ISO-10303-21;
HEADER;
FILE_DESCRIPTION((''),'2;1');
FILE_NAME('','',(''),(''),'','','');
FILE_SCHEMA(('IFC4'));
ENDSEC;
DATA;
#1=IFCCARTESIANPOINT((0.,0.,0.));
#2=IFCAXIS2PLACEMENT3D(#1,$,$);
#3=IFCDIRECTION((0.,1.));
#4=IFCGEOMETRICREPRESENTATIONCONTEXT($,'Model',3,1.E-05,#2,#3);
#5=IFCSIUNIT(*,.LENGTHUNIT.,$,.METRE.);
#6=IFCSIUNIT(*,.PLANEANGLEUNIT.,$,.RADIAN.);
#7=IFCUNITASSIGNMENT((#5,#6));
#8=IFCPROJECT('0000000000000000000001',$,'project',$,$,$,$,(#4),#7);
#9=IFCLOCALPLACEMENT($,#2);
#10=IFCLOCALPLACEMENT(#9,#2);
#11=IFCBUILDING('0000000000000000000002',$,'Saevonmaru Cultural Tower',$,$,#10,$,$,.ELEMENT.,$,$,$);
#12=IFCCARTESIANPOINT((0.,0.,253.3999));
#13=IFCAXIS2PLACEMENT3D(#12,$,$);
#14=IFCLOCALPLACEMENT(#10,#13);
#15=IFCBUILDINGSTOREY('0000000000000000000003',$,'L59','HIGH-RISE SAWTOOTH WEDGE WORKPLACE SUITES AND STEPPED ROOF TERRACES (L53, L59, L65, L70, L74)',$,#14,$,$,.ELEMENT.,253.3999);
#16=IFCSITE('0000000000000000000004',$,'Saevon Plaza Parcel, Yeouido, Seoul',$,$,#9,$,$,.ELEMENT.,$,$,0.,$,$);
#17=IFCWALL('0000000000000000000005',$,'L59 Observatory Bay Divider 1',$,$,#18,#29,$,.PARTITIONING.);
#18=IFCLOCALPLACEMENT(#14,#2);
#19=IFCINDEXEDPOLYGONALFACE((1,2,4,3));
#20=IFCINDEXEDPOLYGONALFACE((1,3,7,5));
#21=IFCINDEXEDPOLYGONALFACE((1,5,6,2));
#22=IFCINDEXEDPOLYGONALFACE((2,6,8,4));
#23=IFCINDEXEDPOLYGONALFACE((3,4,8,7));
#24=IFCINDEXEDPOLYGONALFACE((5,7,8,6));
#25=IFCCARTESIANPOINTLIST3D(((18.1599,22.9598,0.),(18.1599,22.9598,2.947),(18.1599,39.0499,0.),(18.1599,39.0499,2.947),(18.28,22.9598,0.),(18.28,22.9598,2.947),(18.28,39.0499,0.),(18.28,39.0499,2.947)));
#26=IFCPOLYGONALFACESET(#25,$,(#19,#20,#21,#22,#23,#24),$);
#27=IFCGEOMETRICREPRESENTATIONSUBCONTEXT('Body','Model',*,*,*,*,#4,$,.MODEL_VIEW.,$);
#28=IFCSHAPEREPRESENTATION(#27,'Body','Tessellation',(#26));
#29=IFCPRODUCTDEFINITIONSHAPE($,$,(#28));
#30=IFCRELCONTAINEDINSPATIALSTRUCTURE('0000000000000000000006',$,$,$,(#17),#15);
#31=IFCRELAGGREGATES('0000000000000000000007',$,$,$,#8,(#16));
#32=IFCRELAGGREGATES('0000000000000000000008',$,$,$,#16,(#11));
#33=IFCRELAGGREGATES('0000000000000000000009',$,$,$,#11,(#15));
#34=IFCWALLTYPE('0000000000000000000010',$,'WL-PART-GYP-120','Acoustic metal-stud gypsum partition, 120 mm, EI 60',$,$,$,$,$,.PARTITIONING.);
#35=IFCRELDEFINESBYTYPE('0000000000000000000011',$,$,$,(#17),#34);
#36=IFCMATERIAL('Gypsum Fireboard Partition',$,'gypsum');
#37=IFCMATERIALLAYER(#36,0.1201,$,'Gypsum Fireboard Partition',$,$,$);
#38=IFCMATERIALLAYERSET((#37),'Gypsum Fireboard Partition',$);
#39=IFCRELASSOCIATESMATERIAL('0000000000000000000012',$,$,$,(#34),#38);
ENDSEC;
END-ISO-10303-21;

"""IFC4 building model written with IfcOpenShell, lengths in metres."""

from ifc_helpers import new_model, si_unit, direction, frame, frame_2d, origin, place, context, subcontext, project, spatial, rectangle, extrude, material, layer, layer_set, type_object, element, save


model = new_model("IFC4")

# Units and contexts
model_context = context("Model", 3, precision=1e-05, world=origin(), true_north=direction((0.0, 1.0)))
body_context = subcontext(model_context, "Body", "Model", "MODEL_VIEW")
ifc_project = project(units=[si_unit("LENGTHUNIT", "METRE"), si_unit("PLANEANGLEUNIT", "RADIAN")], contexts=[model_context])

# Site, building, storey
site_placement = place(None, origin())
site = spatial("IfcSite", under=ifc_project, at=site_placement, Name="Saevon Plaza Parcel, Yeouido, Seoul", CompositionType="ELEMENT", RefElevation=0.0)
building_placement = place(site_placement, origin())
building = spatial("IfcBuilding", under=site, at=building_placement, Name="Saevonmaru Cultural Tower", CompositionType="ELEMENT")
storey_placement = place(building_placement, frame((0.0, 0.0, 253.3999)))
storey = spatial("IfcBuildingStorey", under=building, at=storey_placement, Name="L59", Description="HIGH-RISE SAWTOOTH WEDGE WORKPLACE SUITES AND STEPPED ROOF TERRACES (L53, L59, L65, L70, L74)", CompositionType="ELEMENT", Elevation=253.3999)

# Wall
ifc_material_1 = material(Name="Gypsum Fireboard Partition", Category="gypsum")
ifc_layer_1 = layer(ifc_material_1, 0.1201, Name="Gypsum Fireboard Partition")
ifc_layer_set_1 = layer_set([ifc_layer_1], Name="Gypsum Fireboard Partition")
wall_type_1 = type_object("IfcWallType", Name="WL-PART-GYP-120", Description="Acoustic metal-stud gypsum partition, 120 mm, EI 60", PredefinedType="PARTITIONING", material=ifc_layer_set_1)
wall_1_placement = place(storey_placement, frame((18.22, 22.96, 0.0), z_axis=(0.0, 0.0, 1.0), x_axis=(0.0, 1.0, 0.0)))
element("IfcWall", 1, at=wall_1_placement, inside=storey, type_object=wall_type_1, Name="L59 Observatory Bay Divider 1", PredefinedType="PARTITIONING", context=body_context, shape_type="SweptSolid", body=[
    extrude(rectangle(XDim=16.0901, YDim=0.1201, at=frame_2d((8.0449, 0.0))), origin(), (0.0, 0.0, 1.0), 2.947),
])

save(model, "model.ifc")
